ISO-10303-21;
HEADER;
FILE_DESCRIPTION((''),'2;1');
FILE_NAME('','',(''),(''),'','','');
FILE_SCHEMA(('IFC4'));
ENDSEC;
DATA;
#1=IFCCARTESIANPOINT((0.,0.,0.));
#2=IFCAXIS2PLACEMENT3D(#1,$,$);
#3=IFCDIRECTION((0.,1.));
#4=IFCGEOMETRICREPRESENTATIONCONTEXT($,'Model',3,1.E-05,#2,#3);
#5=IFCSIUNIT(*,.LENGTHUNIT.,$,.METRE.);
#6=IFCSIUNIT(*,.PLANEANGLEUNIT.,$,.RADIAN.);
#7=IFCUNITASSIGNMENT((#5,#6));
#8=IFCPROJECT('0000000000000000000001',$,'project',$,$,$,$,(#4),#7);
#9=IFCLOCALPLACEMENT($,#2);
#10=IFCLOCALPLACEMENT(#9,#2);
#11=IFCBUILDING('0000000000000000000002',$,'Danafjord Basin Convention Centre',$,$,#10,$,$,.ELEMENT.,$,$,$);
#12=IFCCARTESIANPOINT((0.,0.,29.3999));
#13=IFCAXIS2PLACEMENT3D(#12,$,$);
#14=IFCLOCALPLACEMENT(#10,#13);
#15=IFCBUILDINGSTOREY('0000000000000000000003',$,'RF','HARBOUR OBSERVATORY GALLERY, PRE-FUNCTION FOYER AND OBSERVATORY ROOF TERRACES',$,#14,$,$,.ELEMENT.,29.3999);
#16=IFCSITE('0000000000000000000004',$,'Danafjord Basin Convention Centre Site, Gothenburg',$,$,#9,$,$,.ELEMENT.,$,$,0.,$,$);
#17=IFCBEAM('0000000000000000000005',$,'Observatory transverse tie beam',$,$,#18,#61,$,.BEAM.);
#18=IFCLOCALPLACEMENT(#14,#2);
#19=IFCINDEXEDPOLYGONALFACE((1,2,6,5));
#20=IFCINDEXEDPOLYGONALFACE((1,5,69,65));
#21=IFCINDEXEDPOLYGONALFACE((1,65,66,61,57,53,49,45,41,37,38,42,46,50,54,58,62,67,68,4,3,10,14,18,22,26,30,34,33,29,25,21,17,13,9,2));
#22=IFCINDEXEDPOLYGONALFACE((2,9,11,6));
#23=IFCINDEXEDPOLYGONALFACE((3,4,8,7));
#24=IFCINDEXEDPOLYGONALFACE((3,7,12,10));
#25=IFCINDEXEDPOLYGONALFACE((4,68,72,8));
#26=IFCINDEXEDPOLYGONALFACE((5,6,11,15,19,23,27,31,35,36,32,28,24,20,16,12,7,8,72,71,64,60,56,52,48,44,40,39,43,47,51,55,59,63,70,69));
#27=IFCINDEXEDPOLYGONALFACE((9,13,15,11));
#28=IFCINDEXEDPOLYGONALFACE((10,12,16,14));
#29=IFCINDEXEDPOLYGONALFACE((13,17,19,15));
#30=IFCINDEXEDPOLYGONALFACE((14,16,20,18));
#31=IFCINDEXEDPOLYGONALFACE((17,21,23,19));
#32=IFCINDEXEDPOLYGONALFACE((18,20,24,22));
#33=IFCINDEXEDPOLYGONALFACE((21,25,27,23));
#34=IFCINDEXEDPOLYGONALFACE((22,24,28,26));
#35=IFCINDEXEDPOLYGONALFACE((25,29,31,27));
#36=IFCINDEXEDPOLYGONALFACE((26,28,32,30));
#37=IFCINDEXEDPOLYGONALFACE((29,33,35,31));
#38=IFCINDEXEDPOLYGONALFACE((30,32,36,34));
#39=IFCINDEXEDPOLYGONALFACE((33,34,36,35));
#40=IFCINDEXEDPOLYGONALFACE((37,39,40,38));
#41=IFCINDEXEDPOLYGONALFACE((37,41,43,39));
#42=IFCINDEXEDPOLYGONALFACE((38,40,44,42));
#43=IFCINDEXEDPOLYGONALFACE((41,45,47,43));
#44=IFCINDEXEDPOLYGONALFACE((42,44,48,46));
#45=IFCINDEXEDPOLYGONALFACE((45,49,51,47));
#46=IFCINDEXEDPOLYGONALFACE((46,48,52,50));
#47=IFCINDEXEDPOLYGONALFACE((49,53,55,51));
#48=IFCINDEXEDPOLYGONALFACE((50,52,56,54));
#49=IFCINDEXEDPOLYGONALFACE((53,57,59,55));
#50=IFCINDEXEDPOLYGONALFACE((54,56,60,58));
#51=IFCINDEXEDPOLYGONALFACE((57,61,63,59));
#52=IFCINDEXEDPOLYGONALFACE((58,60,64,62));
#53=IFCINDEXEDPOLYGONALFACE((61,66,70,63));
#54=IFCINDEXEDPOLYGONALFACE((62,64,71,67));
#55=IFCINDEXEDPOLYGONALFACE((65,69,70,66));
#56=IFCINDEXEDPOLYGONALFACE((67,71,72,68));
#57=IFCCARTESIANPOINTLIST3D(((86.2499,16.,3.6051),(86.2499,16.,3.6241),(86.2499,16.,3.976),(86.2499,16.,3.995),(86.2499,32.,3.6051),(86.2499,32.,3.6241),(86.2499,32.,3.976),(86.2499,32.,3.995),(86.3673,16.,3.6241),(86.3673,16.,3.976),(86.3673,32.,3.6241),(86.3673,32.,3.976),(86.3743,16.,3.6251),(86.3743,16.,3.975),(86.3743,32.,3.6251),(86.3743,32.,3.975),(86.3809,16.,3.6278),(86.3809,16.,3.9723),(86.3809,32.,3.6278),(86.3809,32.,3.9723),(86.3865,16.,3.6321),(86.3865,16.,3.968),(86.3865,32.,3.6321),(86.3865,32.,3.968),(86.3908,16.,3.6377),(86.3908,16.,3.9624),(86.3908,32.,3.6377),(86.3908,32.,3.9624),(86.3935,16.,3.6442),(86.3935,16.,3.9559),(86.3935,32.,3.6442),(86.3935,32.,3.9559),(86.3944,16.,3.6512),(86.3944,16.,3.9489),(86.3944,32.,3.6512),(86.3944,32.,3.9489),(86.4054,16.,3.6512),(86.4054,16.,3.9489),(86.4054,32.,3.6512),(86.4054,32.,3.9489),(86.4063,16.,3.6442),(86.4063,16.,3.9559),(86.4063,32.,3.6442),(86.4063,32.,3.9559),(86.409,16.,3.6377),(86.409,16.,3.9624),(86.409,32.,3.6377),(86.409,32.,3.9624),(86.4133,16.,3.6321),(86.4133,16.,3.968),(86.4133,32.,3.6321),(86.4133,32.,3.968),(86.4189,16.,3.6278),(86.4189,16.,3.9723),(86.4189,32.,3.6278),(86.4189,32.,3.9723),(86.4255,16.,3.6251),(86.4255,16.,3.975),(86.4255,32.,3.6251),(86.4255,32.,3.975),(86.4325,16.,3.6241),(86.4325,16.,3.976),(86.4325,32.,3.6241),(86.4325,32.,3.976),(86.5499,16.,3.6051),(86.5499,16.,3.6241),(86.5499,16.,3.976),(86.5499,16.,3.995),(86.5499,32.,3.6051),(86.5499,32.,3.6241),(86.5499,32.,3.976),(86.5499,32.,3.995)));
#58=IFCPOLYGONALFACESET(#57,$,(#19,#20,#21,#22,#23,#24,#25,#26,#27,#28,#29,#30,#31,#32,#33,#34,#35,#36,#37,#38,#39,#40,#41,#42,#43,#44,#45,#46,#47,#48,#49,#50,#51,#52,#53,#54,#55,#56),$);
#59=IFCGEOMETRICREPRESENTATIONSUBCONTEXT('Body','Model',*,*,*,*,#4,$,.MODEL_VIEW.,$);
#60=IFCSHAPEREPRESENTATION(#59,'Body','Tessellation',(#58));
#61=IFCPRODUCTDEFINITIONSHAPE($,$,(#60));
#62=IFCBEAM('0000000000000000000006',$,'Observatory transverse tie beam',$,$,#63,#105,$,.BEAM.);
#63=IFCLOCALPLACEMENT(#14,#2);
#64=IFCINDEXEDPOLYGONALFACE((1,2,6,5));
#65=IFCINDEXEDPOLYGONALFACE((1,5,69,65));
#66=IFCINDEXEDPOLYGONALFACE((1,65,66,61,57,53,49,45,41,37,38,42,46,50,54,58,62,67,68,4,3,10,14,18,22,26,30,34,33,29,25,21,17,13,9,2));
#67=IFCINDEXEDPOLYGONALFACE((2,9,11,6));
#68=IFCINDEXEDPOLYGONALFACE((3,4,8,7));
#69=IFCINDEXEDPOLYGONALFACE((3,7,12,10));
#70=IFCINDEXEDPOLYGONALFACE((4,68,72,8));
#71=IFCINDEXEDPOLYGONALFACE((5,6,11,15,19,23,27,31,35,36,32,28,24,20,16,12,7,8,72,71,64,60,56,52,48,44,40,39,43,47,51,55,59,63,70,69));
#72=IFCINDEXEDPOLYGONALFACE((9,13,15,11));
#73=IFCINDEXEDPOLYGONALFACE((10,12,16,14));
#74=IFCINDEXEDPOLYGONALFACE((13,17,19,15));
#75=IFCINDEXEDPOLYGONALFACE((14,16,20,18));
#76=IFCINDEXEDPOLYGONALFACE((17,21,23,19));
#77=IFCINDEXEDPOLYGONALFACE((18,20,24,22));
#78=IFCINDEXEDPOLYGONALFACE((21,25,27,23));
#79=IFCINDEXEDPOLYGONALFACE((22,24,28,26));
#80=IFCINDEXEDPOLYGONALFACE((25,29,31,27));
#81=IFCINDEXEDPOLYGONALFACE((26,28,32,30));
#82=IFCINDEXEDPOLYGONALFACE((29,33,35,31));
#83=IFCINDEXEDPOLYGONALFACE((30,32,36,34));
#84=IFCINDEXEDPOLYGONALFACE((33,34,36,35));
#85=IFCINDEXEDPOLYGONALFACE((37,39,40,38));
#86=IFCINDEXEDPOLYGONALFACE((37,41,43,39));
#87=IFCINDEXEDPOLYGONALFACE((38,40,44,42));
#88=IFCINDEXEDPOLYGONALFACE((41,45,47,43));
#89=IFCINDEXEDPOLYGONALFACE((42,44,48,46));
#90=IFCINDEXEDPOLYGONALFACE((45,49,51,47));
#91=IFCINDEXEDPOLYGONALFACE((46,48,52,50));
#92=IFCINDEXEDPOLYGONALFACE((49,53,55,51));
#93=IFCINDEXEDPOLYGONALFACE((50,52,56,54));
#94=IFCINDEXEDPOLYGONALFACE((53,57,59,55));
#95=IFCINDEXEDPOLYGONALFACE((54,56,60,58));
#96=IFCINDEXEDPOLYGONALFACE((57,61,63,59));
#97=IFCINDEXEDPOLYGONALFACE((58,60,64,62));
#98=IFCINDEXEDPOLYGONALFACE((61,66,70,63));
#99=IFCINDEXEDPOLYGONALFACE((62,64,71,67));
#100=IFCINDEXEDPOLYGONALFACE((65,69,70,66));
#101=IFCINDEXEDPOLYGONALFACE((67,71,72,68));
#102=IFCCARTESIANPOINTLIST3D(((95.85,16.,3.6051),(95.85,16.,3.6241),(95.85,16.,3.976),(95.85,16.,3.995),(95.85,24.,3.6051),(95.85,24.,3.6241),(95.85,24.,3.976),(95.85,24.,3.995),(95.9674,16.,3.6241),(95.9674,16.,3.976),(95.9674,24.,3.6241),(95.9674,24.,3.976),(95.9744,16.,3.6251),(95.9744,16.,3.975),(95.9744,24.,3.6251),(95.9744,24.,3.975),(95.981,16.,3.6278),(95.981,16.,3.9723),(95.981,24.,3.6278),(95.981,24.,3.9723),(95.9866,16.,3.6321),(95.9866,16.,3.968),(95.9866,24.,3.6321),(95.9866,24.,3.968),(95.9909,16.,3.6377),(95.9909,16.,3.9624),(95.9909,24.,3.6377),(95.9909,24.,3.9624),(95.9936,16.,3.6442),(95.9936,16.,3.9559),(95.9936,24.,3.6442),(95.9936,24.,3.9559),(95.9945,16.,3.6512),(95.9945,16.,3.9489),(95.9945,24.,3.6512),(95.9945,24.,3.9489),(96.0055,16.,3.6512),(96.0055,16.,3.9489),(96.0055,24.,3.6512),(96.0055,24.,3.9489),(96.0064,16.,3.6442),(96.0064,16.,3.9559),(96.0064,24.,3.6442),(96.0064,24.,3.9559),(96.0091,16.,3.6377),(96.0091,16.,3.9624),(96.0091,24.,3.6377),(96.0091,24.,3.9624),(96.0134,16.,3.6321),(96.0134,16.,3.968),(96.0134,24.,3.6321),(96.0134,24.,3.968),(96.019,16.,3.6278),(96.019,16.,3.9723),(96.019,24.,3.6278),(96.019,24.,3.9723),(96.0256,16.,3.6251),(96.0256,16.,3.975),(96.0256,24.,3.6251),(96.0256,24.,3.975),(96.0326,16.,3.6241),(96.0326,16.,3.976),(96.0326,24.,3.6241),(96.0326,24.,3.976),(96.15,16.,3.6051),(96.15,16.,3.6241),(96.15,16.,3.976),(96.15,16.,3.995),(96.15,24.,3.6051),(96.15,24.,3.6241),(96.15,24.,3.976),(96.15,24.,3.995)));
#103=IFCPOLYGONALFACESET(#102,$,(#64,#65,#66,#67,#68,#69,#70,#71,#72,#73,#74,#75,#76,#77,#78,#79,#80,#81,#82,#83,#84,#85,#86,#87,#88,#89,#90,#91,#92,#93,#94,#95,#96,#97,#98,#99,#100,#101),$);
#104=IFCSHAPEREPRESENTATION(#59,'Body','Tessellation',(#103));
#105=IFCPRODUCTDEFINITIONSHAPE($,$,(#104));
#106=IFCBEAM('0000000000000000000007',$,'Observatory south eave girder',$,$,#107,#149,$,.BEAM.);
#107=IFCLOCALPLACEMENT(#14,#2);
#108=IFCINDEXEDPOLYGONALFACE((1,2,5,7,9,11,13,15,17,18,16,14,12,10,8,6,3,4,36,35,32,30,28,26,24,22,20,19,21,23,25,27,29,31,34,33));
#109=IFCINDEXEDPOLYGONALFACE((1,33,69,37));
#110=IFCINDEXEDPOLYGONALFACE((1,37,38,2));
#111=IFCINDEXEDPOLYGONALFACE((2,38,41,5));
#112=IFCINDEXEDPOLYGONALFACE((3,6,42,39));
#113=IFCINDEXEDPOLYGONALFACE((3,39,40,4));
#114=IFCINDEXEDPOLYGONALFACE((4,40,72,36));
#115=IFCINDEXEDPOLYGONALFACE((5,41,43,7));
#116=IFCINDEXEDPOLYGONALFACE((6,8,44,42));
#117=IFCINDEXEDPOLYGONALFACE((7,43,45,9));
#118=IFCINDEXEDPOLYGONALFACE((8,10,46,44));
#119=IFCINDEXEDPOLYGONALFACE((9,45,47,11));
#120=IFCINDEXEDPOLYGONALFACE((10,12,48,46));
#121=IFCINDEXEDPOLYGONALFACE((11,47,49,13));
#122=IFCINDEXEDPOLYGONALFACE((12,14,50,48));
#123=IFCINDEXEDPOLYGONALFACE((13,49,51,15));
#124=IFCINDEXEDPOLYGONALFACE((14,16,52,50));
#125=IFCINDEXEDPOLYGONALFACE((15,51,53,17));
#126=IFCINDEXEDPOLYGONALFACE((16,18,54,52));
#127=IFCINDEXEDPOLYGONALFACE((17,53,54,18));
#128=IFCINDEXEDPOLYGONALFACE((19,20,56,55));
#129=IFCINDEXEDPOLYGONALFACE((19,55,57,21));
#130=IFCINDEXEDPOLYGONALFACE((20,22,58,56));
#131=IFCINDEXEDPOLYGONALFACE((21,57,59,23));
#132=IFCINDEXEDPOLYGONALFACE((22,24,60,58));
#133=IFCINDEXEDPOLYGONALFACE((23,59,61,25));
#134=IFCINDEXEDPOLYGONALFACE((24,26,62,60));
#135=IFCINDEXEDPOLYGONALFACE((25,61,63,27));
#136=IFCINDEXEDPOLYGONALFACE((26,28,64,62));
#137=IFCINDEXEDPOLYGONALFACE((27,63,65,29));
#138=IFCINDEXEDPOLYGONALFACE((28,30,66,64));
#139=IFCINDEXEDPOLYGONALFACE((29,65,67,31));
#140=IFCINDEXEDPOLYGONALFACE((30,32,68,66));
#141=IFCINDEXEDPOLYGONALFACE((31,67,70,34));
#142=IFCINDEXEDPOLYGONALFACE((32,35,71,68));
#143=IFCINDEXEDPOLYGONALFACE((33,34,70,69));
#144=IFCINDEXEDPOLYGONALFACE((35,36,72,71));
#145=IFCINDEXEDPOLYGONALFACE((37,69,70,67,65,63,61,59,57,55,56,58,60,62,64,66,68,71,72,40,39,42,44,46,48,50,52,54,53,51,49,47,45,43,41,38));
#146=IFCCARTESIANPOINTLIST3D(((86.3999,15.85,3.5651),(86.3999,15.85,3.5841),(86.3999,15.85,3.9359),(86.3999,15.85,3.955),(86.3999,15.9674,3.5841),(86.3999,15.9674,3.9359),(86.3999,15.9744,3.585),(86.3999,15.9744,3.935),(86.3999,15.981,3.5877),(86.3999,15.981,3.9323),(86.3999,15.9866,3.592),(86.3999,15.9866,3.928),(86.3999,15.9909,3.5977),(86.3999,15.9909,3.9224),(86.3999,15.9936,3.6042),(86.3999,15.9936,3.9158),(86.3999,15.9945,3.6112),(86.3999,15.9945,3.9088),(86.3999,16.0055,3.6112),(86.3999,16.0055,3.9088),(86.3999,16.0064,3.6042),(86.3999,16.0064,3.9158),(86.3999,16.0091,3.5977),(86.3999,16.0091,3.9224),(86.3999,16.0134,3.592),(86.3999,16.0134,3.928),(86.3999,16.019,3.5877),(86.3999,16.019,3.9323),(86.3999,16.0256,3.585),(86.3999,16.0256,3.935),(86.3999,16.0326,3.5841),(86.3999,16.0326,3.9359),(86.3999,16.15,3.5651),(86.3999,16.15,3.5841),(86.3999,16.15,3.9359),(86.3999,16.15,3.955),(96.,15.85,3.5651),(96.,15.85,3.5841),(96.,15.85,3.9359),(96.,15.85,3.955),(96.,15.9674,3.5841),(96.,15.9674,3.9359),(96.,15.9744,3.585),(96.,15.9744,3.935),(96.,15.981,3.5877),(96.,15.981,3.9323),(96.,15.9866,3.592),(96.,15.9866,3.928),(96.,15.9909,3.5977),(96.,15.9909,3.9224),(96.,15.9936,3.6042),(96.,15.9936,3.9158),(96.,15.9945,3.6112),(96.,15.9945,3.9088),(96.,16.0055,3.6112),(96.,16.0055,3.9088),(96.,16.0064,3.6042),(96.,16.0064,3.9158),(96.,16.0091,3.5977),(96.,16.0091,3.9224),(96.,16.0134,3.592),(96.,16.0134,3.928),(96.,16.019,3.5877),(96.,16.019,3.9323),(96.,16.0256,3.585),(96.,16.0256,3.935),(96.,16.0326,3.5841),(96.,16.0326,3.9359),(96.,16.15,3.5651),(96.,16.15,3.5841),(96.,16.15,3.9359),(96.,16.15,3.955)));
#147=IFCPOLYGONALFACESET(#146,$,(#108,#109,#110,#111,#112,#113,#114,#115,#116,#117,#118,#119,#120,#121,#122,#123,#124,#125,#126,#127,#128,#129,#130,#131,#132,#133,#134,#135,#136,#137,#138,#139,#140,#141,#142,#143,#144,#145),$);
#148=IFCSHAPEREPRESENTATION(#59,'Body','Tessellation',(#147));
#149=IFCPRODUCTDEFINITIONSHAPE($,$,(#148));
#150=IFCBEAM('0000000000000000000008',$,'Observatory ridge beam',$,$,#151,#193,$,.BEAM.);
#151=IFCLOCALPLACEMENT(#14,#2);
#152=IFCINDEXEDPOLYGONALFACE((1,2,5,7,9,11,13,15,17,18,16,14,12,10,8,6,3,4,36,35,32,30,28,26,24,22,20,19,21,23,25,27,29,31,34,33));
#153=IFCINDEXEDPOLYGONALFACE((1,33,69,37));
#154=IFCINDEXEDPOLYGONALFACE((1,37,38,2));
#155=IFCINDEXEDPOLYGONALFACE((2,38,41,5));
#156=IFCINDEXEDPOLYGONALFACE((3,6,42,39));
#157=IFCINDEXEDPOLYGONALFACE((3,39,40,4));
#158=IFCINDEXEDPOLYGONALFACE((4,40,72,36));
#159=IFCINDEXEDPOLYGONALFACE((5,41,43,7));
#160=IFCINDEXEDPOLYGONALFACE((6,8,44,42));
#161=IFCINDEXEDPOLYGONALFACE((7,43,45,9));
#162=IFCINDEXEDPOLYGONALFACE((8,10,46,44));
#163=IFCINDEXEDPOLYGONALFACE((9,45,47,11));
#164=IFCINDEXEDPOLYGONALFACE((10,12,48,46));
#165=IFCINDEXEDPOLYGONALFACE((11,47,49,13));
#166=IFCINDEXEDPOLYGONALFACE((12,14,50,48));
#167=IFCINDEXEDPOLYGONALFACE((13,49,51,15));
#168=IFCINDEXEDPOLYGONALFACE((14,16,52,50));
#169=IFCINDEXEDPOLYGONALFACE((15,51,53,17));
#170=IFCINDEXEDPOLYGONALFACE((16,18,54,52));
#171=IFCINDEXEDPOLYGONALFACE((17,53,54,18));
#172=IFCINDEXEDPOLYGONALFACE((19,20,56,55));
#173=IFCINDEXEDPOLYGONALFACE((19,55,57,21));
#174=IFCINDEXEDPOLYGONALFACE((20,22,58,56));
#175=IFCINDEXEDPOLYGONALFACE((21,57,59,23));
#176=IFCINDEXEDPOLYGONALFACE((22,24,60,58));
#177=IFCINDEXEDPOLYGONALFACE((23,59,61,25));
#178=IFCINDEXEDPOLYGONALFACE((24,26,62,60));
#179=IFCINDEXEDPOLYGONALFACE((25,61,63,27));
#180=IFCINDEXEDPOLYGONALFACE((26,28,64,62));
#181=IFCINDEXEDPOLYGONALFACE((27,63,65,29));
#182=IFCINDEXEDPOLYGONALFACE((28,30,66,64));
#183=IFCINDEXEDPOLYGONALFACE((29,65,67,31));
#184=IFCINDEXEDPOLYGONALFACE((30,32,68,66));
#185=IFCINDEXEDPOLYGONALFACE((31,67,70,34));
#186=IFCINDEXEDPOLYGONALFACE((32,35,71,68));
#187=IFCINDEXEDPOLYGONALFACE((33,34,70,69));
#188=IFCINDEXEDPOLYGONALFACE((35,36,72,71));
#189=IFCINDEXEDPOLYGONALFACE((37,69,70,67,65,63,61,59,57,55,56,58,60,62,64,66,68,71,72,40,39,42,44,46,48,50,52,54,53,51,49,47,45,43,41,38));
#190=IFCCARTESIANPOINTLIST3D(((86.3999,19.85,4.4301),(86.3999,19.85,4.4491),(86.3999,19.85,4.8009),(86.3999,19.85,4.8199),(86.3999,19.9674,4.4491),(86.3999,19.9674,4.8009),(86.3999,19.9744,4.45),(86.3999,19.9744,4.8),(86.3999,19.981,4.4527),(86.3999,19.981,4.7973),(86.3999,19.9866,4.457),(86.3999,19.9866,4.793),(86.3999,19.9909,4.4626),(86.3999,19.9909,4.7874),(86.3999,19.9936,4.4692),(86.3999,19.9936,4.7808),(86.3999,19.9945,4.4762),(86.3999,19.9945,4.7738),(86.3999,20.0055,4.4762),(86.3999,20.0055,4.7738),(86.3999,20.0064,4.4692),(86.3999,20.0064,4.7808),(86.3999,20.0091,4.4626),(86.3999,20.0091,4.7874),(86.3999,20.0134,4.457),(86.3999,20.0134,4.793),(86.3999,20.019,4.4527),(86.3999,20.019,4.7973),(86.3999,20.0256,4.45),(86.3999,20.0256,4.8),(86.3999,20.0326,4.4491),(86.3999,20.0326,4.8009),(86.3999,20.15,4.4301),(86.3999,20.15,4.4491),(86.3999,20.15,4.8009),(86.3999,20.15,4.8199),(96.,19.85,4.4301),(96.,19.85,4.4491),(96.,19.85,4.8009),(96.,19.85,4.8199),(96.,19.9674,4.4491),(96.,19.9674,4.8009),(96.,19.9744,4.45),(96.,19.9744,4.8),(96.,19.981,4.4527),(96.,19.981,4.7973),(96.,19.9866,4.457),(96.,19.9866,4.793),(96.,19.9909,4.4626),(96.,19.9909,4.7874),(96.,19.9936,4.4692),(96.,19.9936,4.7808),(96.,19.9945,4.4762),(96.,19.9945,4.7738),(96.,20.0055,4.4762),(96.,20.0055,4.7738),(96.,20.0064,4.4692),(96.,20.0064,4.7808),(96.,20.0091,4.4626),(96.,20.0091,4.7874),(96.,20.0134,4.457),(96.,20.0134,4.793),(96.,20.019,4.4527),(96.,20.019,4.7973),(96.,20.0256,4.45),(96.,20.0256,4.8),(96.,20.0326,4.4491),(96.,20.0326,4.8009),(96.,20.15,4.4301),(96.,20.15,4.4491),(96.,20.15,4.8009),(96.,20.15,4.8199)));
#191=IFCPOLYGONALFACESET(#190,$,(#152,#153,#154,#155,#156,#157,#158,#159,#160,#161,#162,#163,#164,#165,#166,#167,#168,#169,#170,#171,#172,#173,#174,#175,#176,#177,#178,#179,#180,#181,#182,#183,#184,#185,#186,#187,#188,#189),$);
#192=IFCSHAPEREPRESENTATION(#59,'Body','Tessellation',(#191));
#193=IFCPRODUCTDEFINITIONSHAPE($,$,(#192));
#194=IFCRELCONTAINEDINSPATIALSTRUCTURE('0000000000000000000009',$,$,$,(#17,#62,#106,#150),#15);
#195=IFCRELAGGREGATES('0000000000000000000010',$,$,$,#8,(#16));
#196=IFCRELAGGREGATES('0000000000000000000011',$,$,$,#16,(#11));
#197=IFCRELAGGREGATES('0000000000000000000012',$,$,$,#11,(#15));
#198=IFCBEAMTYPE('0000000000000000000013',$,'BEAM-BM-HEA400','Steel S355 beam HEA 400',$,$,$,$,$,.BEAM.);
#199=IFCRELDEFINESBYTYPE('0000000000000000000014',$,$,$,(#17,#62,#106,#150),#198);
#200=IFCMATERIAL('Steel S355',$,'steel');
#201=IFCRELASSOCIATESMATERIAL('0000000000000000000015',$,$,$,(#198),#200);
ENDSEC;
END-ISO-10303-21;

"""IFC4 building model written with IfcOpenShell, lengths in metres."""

from ifc_helpers import new_model, si_unit, direction, frame, origin, origin_2d, place, context, subcontext, project, spatial, i_section, extrude, material, material_profile, profile_set, type_object, element, save


model = new_model("IFC4")

# Units and contexts
model_context = context("Model", 3, precision=1e-05, world=origin(), true_north=direction((0.0, 1.0)))
body_context = subcontext(model_context, "Body", "Model", "MODEL_VIEW")
ifc_project = project(units=[si_unit("LENGTHUNIT", "METRE"), si_unit("PLANEANGLEUNIT", "RADIAN")], contexts=[model_context])

# Site, building, storey
site_placement = place(None, origin())
site = spatial("IfcSite", under=ifc_project, at=site_placement, Name="Danafjord Basin Convention Centre Site, Gothenburg", CompositionType="ELEMENT", RefElevation=0.0)
building_placement = place(site_placement, origin())
building = spatial("IfcBuilding", under=site, at=building_placement, Name="Danafjord Basin Convention Centre", CompositionType="ELEMENT")
storey_placement = place(building_placement, frame((0.0, 0.0, 29.3999)))
storey = spatial("IfcBuildingStorey", under=building, at=storey_placement, Name="RF", Description="HARBOUR OBSERVATORY GALLERY, PRE-FUNCTION FOYER AND OBSERVATORY ROOF TERRACES", CompositionType="ELEMENT", Elevation=29.3999)

# Shared definitions
ifc_material_1 = material(Name="Steel S355", Category="steel")

# Beams
ifc_material_profile_1 = material_profile(ifc_material_1, i_section(OverallWidth=0.3, OverallDepth=0.3899, WebThickness=0.011, FlangeThickness=0.019, FilletRadius=0.0271, at=origin_2d()), Name="HEA 400")
ifc_profile_set_1 = profile_set([ifc_material_profile_1], Name="Steel S355")
beam_type_1 = type_object("IfcBeamType", Name="BEAM-BM-HEA400", Description="Steel S355 beam HEA 400", PredefinedType="BEAM", material=ifc_profile_set_1)
beam_1_placement = place(storey_placement, frame((86.3999, 16.0, 3.8), z_axis=(0.0, 1.0, 0.0), x_axis=(-1.0, 0.0, 0.0)))
element("IfcBeam", 1, at=beam_1_placement, inside=storey, type_object=beam_type_1, Name="Observatory transverse tie beam", PredefinedType="BEAM", context=body_context, shape_type="SweptSolid", body=[
    extrude(i_section(OverallWidth=0.3, OverallDepth=0.3899, WebThickness=0.011, FlangeThickness=0.019, FilletRadius=0.0271, at=origin_2d()), origin(), (0.0, 0.0, 1.0), 16.0),
])
beam_2_placement = place(storey_placement, frame((96.0, 16.0, 3.8), z_axis=(0.0, 1.0, 0.0), x_axis=(-1.0, 0.0, 0.0)))
element("IfcBeam", 2, at=beam_2_placement, inside=storey, type_object=beam_type_1, Name="Observatory transverse tie beam", PredefinedType="BEAM", context=body_context, shape_type="SweptSolid", body=[
    extrude(i_section(OverallWidth=0.3, OverallDepth=0.3899, WebThickness=0.011, FlangeThickness=0.019, FilletRadius=0.0271, at=origin_2d()), origin(), (0.0, 0.0, 1.0), 8.0),
])
for number, where, z_axis, x_axis, name in (
    (3, (86.3999, 16.0, 3.76), (1.0, 0.0, 0.0), (0.0, 1.0, 0.0), "Observatory south eave girder"),
    (4, (86.3999, 20.0, 4.625), (1.0, 0.0, 0.0), (0.0, 1.0, 0.0), "Observatory ridge beam"),
):
    element("IfcBeam", number, at=place(storey_placement, frame(where, z_axis=z_axis, x_axis=x_axis)), inside=storey, type_object=beam_type_1, Name=name, PredefinedType="BEAM", context=body_context, shape_type="SweptSolid", body=[
        extrude(i_section(OverallWidth=0.3, OverallDepth=0.3899, WebThickness=0.011, FlangeThickness=0.019, FilletRadius=0.0271, at=origin_2d()), origin(), (0.0, 0.0, 1.0), 9.6001),
    ])

save(model, "model.ifc")
